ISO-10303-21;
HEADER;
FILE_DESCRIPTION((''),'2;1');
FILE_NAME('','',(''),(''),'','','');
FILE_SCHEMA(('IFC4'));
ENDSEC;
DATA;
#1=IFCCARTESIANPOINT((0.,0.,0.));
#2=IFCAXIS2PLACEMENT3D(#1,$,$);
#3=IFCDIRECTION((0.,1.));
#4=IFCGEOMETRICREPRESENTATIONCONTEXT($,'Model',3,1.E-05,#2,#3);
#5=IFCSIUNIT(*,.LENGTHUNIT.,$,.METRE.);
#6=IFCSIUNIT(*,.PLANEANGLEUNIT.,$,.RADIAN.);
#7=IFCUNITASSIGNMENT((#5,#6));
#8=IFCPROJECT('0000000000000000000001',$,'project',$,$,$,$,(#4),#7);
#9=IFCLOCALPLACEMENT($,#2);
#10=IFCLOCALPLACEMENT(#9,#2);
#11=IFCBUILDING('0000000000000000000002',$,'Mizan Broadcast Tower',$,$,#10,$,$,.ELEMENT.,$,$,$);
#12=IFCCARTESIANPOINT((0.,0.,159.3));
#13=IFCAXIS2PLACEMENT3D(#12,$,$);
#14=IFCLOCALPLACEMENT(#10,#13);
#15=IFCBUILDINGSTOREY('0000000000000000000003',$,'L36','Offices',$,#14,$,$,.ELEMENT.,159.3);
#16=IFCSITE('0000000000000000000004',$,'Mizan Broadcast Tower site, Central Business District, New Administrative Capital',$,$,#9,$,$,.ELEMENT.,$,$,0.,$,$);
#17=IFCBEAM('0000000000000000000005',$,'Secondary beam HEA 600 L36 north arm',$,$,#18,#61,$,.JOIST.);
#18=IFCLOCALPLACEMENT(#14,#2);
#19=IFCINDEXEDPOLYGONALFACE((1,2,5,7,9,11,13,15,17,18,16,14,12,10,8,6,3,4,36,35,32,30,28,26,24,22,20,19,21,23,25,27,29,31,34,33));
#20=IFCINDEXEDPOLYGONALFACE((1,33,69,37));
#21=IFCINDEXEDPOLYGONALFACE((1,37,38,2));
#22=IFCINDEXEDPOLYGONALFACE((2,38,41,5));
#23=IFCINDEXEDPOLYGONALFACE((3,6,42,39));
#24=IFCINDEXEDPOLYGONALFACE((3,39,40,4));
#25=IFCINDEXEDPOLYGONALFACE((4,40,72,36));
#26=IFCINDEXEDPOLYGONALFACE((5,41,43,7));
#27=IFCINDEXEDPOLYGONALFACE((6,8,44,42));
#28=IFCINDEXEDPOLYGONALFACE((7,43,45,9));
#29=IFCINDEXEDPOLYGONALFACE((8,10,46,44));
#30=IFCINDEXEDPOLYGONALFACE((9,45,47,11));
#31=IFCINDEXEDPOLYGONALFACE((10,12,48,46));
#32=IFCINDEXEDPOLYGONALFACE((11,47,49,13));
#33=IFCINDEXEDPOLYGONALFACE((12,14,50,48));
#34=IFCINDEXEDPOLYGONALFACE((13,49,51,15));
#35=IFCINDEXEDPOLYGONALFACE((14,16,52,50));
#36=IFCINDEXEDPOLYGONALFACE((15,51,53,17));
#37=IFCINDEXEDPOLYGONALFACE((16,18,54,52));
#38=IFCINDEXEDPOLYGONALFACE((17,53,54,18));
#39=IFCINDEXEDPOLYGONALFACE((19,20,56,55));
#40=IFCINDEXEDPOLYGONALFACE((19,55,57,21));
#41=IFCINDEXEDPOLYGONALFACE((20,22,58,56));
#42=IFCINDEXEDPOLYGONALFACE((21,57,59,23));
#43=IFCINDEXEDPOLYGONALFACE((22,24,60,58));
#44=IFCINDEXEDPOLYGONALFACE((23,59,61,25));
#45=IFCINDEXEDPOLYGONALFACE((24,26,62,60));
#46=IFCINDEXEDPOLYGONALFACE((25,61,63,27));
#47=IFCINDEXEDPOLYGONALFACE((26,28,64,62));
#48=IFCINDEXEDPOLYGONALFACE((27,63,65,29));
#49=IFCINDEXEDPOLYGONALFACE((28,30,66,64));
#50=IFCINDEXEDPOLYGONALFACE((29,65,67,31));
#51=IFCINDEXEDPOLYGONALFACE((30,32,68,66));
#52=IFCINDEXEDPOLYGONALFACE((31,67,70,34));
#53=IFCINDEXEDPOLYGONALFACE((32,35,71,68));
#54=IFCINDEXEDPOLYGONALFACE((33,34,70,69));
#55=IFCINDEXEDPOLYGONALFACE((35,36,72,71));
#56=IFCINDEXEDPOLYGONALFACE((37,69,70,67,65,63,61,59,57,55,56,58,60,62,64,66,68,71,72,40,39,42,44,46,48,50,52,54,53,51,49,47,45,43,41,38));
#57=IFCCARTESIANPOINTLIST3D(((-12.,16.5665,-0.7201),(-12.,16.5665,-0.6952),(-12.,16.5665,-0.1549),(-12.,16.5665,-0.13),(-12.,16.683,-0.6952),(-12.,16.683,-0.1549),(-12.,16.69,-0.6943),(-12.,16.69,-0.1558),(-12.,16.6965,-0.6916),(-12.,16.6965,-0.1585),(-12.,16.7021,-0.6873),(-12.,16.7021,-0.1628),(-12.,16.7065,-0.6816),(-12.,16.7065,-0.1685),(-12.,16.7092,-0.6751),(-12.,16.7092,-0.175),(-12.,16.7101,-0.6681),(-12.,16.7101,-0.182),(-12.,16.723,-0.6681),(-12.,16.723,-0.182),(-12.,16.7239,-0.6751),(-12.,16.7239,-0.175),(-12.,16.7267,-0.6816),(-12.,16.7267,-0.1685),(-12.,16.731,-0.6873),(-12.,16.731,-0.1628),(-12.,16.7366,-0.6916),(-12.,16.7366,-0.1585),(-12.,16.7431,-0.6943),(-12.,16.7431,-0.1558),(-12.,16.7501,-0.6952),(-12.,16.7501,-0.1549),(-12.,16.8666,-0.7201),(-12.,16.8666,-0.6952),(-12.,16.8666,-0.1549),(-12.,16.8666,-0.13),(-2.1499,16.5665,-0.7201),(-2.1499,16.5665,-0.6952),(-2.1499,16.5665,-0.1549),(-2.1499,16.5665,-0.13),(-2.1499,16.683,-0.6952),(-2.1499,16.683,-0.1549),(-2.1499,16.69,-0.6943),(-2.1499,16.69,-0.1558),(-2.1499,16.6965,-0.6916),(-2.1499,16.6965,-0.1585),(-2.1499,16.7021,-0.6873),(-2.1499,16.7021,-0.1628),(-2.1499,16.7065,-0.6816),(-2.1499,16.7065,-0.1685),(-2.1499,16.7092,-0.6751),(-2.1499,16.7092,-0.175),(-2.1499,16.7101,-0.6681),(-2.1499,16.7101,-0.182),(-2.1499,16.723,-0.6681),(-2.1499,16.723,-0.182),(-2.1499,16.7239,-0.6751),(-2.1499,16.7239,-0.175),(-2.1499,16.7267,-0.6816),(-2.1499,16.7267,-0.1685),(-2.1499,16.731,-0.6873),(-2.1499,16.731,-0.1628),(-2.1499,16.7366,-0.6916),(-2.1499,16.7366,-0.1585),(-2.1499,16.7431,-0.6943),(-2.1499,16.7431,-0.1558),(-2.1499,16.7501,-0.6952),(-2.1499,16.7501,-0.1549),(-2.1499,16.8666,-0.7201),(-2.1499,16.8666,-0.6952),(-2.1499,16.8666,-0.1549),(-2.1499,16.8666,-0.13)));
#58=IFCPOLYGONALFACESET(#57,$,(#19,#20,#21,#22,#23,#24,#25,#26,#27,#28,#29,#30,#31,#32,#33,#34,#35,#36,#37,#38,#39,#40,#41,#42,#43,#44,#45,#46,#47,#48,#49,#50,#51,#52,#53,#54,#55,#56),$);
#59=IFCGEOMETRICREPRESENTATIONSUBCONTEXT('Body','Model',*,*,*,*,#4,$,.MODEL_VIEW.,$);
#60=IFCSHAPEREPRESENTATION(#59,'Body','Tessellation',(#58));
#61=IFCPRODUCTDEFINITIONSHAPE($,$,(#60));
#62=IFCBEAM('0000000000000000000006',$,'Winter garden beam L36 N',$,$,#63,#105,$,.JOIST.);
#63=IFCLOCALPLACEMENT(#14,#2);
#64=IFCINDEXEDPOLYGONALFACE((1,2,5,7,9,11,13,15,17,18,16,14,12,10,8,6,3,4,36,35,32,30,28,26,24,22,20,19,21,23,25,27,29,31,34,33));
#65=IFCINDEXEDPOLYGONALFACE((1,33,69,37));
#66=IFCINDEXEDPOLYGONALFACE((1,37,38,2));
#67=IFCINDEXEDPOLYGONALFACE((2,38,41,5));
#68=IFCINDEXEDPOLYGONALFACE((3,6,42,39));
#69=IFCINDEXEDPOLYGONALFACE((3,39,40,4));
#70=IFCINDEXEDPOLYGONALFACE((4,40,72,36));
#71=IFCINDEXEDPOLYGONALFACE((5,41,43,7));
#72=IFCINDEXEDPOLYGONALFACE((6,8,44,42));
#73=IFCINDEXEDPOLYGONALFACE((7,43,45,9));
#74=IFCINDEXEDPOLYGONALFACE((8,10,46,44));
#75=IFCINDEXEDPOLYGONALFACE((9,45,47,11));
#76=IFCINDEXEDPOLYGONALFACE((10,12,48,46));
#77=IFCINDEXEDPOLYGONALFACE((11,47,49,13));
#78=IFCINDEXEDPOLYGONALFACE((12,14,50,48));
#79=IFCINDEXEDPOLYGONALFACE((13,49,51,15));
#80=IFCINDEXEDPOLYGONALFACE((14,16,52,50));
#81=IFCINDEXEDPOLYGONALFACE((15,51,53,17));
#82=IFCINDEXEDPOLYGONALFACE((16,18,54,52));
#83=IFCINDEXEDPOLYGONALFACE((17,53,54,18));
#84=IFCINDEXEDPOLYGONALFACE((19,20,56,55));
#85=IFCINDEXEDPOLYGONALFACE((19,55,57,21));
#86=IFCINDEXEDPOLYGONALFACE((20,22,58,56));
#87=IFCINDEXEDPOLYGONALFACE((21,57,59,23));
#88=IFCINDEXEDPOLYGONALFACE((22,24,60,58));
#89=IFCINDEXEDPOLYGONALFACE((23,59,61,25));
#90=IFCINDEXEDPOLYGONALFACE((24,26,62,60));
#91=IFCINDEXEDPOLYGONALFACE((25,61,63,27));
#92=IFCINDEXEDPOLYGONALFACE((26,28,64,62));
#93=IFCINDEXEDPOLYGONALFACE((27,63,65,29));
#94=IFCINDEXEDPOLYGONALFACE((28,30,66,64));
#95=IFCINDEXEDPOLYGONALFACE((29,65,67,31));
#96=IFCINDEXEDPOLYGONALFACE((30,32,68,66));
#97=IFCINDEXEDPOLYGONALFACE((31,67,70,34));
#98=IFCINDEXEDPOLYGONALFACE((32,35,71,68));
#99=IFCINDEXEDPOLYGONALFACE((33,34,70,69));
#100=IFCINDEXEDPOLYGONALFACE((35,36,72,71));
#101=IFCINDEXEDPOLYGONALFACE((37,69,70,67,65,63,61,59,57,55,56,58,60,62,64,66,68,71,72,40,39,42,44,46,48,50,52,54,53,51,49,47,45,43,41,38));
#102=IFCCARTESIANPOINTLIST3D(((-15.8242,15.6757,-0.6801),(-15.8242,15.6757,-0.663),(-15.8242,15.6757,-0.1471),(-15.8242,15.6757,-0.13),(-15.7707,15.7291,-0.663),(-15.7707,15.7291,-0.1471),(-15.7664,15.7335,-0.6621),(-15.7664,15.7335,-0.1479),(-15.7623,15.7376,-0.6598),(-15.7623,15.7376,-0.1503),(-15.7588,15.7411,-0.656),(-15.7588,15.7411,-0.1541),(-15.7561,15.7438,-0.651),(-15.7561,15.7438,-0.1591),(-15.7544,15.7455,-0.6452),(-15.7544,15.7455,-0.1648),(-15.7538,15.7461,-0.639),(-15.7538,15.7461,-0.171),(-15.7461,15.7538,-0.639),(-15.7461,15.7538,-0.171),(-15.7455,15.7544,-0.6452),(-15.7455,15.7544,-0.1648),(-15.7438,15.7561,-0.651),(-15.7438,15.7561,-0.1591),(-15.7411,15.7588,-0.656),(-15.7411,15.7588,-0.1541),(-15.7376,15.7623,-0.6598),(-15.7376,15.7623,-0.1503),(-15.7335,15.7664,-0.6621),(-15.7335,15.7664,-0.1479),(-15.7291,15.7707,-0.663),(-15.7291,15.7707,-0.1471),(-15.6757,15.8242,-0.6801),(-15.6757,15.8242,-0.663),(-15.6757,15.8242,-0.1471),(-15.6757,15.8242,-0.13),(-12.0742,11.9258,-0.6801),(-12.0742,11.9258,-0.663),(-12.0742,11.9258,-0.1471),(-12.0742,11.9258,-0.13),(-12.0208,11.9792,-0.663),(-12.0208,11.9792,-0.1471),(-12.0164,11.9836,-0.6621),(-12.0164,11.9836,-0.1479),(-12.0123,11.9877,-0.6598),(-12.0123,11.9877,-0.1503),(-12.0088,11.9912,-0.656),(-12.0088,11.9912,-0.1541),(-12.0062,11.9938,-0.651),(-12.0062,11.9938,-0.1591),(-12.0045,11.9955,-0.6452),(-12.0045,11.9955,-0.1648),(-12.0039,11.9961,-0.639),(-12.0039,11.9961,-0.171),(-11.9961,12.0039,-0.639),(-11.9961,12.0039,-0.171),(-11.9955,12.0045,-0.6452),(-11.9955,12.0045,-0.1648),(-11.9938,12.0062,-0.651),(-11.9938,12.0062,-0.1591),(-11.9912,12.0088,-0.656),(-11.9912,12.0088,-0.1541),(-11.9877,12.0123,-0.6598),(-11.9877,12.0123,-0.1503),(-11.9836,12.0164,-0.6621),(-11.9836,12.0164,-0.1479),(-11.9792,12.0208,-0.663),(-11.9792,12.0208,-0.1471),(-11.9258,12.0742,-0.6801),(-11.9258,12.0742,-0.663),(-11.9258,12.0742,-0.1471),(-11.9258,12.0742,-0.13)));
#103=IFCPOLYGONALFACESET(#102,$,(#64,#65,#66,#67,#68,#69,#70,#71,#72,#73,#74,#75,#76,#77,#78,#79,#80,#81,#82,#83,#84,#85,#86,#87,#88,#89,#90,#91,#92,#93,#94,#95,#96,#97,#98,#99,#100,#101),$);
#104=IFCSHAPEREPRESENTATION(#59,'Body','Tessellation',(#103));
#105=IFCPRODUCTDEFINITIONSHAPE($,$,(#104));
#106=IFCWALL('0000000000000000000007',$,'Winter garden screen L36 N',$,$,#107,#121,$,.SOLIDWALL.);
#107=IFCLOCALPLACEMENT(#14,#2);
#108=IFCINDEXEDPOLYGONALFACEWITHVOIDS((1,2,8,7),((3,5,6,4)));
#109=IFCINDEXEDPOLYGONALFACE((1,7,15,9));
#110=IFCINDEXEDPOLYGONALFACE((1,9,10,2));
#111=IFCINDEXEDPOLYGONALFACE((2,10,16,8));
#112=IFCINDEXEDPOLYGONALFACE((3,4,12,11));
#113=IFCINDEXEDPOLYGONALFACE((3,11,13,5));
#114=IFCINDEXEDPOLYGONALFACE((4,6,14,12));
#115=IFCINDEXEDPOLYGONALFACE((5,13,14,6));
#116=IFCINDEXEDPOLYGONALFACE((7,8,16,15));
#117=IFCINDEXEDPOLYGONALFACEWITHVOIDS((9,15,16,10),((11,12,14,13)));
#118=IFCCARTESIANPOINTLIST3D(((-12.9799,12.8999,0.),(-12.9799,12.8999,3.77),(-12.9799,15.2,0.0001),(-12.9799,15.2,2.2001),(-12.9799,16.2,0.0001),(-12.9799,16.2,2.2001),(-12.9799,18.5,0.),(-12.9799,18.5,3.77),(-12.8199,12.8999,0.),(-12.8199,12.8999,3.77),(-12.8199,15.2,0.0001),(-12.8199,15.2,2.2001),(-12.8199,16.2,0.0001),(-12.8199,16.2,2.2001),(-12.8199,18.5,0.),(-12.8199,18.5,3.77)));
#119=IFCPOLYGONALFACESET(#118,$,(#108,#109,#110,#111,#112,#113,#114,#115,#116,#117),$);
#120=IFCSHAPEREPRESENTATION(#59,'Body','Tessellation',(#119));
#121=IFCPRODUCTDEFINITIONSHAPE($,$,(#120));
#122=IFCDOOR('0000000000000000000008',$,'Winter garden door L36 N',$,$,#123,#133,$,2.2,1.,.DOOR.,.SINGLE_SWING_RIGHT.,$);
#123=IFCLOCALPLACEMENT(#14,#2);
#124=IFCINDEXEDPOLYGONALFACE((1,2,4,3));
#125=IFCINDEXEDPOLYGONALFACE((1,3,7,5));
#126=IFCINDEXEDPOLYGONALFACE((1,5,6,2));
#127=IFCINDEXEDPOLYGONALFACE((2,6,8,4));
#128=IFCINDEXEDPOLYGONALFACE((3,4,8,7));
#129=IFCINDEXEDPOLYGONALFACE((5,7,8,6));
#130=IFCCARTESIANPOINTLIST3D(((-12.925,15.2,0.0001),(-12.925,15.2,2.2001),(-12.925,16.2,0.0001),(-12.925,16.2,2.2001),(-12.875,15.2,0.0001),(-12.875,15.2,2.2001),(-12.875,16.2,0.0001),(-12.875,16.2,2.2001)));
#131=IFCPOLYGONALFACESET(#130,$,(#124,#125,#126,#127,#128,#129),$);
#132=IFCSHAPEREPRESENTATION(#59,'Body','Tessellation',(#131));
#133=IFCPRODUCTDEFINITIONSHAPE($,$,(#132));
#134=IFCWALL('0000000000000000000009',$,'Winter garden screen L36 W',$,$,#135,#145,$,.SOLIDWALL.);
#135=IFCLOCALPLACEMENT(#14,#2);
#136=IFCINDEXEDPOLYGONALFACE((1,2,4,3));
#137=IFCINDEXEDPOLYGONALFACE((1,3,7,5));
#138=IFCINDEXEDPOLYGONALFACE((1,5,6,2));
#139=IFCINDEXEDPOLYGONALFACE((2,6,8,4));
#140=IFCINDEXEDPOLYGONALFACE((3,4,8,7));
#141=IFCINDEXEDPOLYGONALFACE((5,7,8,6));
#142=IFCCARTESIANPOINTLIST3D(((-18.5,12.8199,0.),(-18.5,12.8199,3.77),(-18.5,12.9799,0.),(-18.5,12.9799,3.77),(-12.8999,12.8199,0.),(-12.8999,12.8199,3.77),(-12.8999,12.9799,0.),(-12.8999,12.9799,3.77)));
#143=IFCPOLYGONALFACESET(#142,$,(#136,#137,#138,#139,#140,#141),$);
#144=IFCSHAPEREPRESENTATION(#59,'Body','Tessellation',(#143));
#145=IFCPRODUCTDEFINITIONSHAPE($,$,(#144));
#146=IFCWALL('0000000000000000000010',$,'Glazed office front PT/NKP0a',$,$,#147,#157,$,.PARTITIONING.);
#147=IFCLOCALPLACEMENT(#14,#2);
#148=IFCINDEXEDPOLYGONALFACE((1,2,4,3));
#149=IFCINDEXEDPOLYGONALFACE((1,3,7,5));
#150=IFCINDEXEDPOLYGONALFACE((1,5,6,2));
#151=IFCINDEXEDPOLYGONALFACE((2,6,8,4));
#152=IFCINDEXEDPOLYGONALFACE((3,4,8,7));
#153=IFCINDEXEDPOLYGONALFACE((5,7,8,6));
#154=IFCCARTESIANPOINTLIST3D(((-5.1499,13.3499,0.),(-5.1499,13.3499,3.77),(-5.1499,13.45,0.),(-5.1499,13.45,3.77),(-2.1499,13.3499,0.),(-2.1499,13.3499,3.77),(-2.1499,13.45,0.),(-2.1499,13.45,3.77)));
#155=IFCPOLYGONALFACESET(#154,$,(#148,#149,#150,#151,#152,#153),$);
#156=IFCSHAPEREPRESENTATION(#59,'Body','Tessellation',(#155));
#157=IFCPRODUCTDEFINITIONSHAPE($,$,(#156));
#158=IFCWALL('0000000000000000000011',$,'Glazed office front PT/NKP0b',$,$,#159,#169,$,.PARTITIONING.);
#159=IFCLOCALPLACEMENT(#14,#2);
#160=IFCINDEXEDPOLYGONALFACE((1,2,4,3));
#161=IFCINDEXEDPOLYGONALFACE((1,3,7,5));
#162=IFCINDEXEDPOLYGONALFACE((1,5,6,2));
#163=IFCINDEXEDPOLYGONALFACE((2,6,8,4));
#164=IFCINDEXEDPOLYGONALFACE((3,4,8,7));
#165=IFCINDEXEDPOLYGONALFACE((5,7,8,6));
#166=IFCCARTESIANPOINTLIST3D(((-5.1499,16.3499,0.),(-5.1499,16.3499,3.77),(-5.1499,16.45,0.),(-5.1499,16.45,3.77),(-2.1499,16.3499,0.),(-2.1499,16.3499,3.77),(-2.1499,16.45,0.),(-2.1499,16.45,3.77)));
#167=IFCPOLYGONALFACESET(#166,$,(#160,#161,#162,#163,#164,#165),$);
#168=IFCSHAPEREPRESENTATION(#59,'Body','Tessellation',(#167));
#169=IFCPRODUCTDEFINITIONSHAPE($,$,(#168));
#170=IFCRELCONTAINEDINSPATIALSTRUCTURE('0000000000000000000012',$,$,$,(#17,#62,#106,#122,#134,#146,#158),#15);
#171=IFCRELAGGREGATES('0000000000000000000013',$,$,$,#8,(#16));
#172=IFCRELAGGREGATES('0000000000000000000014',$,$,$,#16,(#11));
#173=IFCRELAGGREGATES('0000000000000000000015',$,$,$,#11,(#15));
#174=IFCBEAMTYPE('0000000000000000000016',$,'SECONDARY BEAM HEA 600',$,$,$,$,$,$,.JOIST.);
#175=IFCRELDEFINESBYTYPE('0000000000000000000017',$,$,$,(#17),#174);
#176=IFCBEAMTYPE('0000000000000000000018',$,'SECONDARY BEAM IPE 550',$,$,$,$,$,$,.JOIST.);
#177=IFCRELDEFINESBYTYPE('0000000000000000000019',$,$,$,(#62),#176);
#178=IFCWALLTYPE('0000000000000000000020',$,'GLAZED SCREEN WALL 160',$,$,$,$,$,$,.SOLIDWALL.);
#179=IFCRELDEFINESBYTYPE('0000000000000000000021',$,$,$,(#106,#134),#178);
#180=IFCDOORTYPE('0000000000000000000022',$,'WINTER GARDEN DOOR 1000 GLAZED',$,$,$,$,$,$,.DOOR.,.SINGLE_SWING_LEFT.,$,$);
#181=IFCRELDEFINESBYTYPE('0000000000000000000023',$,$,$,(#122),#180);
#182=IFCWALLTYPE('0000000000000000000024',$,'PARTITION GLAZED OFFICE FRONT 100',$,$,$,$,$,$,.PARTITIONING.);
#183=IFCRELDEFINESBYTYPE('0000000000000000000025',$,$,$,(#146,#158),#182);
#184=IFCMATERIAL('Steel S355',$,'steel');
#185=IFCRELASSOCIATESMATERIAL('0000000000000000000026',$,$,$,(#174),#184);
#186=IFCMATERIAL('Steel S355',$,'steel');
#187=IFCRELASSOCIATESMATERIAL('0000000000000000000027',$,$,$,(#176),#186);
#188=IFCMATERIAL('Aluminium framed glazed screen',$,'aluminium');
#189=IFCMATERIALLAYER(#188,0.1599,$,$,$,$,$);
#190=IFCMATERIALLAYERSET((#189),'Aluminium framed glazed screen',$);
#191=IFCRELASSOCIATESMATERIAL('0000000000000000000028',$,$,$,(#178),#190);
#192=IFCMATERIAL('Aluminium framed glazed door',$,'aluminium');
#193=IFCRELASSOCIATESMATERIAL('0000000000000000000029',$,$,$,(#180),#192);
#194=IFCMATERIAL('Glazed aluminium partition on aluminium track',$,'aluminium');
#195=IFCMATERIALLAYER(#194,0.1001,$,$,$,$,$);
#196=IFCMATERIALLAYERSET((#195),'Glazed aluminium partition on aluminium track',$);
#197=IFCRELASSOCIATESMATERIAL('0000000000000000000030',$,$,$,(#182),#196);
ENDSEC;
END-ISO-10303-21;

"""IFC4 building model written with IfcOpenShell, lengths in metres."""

from ifc_helpers import new_model, si_unit, direction, frame, frame_2d, origin, origin_2d, place, context, subcontext, project, spatial, rectangle, i_section, extrude, material, layer, layer_set, material_profile, profile_set, type_object, element, fill, save


model = new_model("IFC4")

# Units and contexts
model_context = context("Model", 3, precision=1e-05, world=origin(), true_north=direction((0.0, 1.0)))
body_context = subcontext(model_context, "Body", "Model", "MODEL_VIEW")
ifc_project = project(units=[si_unit("LENGTHUNIT", "METRE"), si_unit("PLANEANGLEUNIT", "RADIAN")], contexts=[model_context])

# Site, building, storey
site_placement = place(None, origin())
site = spatial("IfcSite", under=ifc_project, at=site_placement, Name="Mizan Broadcast Tower site, Central Business District, New Administrative Capital", CompositionType="ELEMENT", RefElevation=0.0)
building_placement = place(site_placement, origin())
building = spatial("IfcBuilding", under=site, at=building_placement, Name="Mizan Broadcast Tower", CompositionType="ELEMENT")
storey_placement = place(building_placement, frame((0.0, 0.0, 159.3)))
storey = spatial("IfcBuildingStorey", under=building, at=storey_placement, Name="L36", Description="Offices", CompositionType="ELEMENT", Elevation=159.3)

# Beams
ifc_material_1 = material(Name="Steel S355", Category="steel")
ifc_material_profile_1 = material_profile(ifc_material_1, i_section(OverallWidth=0.3, OverallDepth=0.5901, WebThickness=0.0129, FlangeThickness=0.0249, FilletRadius=0.0271, at=origin_2d()), Name="HEA 600")
ifc_profile_set_1 = profile_set([ifc_material_profile_1], Name="Steel S355")
beam_type_1 = type_object("IfcBeamType", Name="SECONDARY BEAM HEA 600", PredefinedType="JOIST", material=ifc_profile_set_1)
for number, where, z_axis, x_axis, name in (
    (1, (-12.0, 16.7166, -0.425), (1.0, 0.0, 0.0), (0.0, 1.0, 0.0), "Secondary beam HEA 600 L36 north arm"),
):
    element("IfcBeam", number, at=place(storey_placement, frame(where, z_axis=z_axis, x_axis=x_axis)), inside=storey, type_object=beam_type_1, Name=name, PredefinedType="JOIST", context=body_context, shape_type="SweptSolid", body=[
        extrude(i_section(OverallWidth=0.3, OverallDepth=0.5901, WebThickness=0.0129, FlangeThickness=0.0249, FilletRadius=0.0271, at=origin_2d()), origin(), (0.0, 0.0, 1.0), 9.8501),
    ])
ifc_material_2 = material(Name="Steel S355", Category="steel")
ifc_material_profile_2 = material_profile(ifc_material_2, i_section(OverallWidth=0.21, OverallDepth=0.55, WebThickness=0.011, FlangeThickness=0.0171, FilletRadius=0.0239, at=origin_2d()), Name="IPE 550")
ifc_profile_set_2 = profile_set([ifc_material_profile_2], Name="Steel S355")
beam_type_2 = type_object("IfcBeamType", Name="SECONDARY BEAM IPE 550", PredefinedType="JOIST", material=ifc_profile_set_2)
beam_1_placement = place(storey_placement, frame((-12.0, 12.0, -0.405), z_axis=(-0.707107, 0.707107, 0.0), x_axis=(-0.707107, -0.707107, 0.0)))
element("IfcBeam", 2, at=beam_1_placement, inside=storey, type_object=beam_type_2, Name="Winter garden beam L36 N", PredefinedType="JOIST", context=body_context, shape_type="SweptSolid", body=[
    extrude(i_section(OverallWidth=0.21, OverallDepth=0.55, WebThickness=0.011, FlangeThickness=0.0171, FilletRadius=0.0239, at=origin_2d()), origin(), (0.0, 0.0, 1.0), 5.3032),
])

# Wall, opening, door
ifc_material_3 = material(Name="Aluminium framed glazed screen", Category="aluminium")
ifc_layer_1 = layer(ifc_material_3, 0.1599)
ifc_layer_set_1 = layer_set([ifc_layer_1], Name="Aluminium framed glazed screen")
wall_type_1 = type_object("IfcWallType", Name="GLAZED SCREEN WALL 160", PredefinedType="SOLIDWALL", material=ifc_layer_set_1)
wall_1_placement = place(storey_placement, frame((-12.8999, 18.5, 0.0), z_axis=(0.0, 0.0, 1.0), x_axis=(0.0, -1.0, 0.0)))
wall_1 = element("IfcWall", 3, at=wall_1_placement, inside=storey, type_object=wall_type_1, Name="Winter garden screen L36 N", PredefinedType="SOLIDWALL", context=body_context, shape_type="SweptSolid", body=[
    extrude(rectangle(XDim=5.6001, YDim=0.1599, at=frame_2d((2.8, 0.0))), origin(), (0.0, 0.0, 1.0), 3.77),
])
opening_1_placement = place(wall_1_placement, frame((2.3, 0.0, 0.0)))
opening_1 = element("IfcOpeningElement", 4, at=opening_1_placement, cuts=wall_1, PredefinedType="OPENING", context=body_context, shape_type="SweptSolid", body=[
    extrude(rectangle(XDim=1.0, YDim=2.2, at=frame_2d((0.5, 1.1001))), frame((0.0, 0.0898, 0.0), z_axis=(0.0, -1.0, 0.0), x_axis=(1.0, 0.0, 0.0)), (0.0, 0.0, 1.0), 0.1799),
])
ifc_material_4 = material(Name="Aluminium framed glazed door", Category="aluminium")
door_type_1 = type_object("IfcDoorType", Name="WINTER GARDEN DOOR 1000 GLAZED", OperationType="SINGLE_SWING_LEFT", PredefinedType="DOOR", material=ifc_material_4)
door_1_placement = place(opening_1_placement, origin())
door_1 = element("IfcDoor", 5, at=door_1_placement, inside=storey, type_object=door_type_1, Name="Winter garden door L36 N", OperationType="SINGLE_SWING_RIGHT", OverallHeight=2.2, OverallWidth=1.0, PredefinedType="DOOR", context=body_context, shape_type="SweptSolid", body=[
    extrude(rectangle(XDim=1.0, YDim=2.2, at=frame_2d((0.5, 1.1001))), frame((0.0, 0.0249, 0.0), z_axis=(0.0, -1.0, 0.0), x_axis=(1.0, 0.0, 0.0)), (0.0, 0.0, 1.0), 0.05),
])
fill(opening_1, door_1)

# Walls
wall_2_placement = place(storey_placement, frame((-12.8999, 12.8999, 0.0), z_axis=(0.0, 0.0, 1.0), x_axis=(-1.0, 0.0, 0.0)))
element("IfcWall", 6, at=wall_2_placement, inside=storey, type_object=wall_type_1, Name="Winter garden screen L36 W", PredefinedType="SOLIDWALL", context=body_context, shape_type="SweptSolid", body=[
    extrude(rectangle(XDim=5.6001, YDim=0.1599, at=frame_2d((2.8, 0.0))), origin(), (0.0, 0.0, 1.0), 3.77),
])
ifc_material_5 = material(Name="Glazed aluminium partition on aluminium track", Category="aluminium")
ifc_layer_2 = layer(ifc_material_5, 0.1001)
ifc_layer_set_2 = layer_set([ifc_layer_2], Name="Glazed aluminium partition on aluminium track")
wall_type_2 = type_object("IfcWallType", Name="PARTITION GLAZED OFFICE FRONT 100", PredefinedType="PARTITIONING", material=ifc_layer_set_2)
for number, where, z_axis, x_axis, name in (
    (7, (-2.1499, 13.3999, 0.0), (0.0, 0.0, 1.0), (-1.0, 0.0, 0.0), "Glazed office front PT/NKP0a"),
    (8, (-2.1499, 16.3999, 0.0), (0.0, 0.0, 1.0), (-1.0, 0.0, 0.0), "Glazed office front PT/NKP0b"),
):
    element("IfcWall", number, at=place(storey_placement, frame(where, z_axis=z_axis, x_axis=x_axis)), inside=storey, type_object=wall_type_2, Name=name, PredefinedType="PARTITIONING", context=body_context, shape_type="SweptSolid", body=[
        extrude(rectangle(XDim=3.0, YDim=0.1001, at=frame_2d((1.5, 0.0))), origin(), (0.0, 0.0, 1.0), 3.77),
    ])

save(model, "model.ifc")
